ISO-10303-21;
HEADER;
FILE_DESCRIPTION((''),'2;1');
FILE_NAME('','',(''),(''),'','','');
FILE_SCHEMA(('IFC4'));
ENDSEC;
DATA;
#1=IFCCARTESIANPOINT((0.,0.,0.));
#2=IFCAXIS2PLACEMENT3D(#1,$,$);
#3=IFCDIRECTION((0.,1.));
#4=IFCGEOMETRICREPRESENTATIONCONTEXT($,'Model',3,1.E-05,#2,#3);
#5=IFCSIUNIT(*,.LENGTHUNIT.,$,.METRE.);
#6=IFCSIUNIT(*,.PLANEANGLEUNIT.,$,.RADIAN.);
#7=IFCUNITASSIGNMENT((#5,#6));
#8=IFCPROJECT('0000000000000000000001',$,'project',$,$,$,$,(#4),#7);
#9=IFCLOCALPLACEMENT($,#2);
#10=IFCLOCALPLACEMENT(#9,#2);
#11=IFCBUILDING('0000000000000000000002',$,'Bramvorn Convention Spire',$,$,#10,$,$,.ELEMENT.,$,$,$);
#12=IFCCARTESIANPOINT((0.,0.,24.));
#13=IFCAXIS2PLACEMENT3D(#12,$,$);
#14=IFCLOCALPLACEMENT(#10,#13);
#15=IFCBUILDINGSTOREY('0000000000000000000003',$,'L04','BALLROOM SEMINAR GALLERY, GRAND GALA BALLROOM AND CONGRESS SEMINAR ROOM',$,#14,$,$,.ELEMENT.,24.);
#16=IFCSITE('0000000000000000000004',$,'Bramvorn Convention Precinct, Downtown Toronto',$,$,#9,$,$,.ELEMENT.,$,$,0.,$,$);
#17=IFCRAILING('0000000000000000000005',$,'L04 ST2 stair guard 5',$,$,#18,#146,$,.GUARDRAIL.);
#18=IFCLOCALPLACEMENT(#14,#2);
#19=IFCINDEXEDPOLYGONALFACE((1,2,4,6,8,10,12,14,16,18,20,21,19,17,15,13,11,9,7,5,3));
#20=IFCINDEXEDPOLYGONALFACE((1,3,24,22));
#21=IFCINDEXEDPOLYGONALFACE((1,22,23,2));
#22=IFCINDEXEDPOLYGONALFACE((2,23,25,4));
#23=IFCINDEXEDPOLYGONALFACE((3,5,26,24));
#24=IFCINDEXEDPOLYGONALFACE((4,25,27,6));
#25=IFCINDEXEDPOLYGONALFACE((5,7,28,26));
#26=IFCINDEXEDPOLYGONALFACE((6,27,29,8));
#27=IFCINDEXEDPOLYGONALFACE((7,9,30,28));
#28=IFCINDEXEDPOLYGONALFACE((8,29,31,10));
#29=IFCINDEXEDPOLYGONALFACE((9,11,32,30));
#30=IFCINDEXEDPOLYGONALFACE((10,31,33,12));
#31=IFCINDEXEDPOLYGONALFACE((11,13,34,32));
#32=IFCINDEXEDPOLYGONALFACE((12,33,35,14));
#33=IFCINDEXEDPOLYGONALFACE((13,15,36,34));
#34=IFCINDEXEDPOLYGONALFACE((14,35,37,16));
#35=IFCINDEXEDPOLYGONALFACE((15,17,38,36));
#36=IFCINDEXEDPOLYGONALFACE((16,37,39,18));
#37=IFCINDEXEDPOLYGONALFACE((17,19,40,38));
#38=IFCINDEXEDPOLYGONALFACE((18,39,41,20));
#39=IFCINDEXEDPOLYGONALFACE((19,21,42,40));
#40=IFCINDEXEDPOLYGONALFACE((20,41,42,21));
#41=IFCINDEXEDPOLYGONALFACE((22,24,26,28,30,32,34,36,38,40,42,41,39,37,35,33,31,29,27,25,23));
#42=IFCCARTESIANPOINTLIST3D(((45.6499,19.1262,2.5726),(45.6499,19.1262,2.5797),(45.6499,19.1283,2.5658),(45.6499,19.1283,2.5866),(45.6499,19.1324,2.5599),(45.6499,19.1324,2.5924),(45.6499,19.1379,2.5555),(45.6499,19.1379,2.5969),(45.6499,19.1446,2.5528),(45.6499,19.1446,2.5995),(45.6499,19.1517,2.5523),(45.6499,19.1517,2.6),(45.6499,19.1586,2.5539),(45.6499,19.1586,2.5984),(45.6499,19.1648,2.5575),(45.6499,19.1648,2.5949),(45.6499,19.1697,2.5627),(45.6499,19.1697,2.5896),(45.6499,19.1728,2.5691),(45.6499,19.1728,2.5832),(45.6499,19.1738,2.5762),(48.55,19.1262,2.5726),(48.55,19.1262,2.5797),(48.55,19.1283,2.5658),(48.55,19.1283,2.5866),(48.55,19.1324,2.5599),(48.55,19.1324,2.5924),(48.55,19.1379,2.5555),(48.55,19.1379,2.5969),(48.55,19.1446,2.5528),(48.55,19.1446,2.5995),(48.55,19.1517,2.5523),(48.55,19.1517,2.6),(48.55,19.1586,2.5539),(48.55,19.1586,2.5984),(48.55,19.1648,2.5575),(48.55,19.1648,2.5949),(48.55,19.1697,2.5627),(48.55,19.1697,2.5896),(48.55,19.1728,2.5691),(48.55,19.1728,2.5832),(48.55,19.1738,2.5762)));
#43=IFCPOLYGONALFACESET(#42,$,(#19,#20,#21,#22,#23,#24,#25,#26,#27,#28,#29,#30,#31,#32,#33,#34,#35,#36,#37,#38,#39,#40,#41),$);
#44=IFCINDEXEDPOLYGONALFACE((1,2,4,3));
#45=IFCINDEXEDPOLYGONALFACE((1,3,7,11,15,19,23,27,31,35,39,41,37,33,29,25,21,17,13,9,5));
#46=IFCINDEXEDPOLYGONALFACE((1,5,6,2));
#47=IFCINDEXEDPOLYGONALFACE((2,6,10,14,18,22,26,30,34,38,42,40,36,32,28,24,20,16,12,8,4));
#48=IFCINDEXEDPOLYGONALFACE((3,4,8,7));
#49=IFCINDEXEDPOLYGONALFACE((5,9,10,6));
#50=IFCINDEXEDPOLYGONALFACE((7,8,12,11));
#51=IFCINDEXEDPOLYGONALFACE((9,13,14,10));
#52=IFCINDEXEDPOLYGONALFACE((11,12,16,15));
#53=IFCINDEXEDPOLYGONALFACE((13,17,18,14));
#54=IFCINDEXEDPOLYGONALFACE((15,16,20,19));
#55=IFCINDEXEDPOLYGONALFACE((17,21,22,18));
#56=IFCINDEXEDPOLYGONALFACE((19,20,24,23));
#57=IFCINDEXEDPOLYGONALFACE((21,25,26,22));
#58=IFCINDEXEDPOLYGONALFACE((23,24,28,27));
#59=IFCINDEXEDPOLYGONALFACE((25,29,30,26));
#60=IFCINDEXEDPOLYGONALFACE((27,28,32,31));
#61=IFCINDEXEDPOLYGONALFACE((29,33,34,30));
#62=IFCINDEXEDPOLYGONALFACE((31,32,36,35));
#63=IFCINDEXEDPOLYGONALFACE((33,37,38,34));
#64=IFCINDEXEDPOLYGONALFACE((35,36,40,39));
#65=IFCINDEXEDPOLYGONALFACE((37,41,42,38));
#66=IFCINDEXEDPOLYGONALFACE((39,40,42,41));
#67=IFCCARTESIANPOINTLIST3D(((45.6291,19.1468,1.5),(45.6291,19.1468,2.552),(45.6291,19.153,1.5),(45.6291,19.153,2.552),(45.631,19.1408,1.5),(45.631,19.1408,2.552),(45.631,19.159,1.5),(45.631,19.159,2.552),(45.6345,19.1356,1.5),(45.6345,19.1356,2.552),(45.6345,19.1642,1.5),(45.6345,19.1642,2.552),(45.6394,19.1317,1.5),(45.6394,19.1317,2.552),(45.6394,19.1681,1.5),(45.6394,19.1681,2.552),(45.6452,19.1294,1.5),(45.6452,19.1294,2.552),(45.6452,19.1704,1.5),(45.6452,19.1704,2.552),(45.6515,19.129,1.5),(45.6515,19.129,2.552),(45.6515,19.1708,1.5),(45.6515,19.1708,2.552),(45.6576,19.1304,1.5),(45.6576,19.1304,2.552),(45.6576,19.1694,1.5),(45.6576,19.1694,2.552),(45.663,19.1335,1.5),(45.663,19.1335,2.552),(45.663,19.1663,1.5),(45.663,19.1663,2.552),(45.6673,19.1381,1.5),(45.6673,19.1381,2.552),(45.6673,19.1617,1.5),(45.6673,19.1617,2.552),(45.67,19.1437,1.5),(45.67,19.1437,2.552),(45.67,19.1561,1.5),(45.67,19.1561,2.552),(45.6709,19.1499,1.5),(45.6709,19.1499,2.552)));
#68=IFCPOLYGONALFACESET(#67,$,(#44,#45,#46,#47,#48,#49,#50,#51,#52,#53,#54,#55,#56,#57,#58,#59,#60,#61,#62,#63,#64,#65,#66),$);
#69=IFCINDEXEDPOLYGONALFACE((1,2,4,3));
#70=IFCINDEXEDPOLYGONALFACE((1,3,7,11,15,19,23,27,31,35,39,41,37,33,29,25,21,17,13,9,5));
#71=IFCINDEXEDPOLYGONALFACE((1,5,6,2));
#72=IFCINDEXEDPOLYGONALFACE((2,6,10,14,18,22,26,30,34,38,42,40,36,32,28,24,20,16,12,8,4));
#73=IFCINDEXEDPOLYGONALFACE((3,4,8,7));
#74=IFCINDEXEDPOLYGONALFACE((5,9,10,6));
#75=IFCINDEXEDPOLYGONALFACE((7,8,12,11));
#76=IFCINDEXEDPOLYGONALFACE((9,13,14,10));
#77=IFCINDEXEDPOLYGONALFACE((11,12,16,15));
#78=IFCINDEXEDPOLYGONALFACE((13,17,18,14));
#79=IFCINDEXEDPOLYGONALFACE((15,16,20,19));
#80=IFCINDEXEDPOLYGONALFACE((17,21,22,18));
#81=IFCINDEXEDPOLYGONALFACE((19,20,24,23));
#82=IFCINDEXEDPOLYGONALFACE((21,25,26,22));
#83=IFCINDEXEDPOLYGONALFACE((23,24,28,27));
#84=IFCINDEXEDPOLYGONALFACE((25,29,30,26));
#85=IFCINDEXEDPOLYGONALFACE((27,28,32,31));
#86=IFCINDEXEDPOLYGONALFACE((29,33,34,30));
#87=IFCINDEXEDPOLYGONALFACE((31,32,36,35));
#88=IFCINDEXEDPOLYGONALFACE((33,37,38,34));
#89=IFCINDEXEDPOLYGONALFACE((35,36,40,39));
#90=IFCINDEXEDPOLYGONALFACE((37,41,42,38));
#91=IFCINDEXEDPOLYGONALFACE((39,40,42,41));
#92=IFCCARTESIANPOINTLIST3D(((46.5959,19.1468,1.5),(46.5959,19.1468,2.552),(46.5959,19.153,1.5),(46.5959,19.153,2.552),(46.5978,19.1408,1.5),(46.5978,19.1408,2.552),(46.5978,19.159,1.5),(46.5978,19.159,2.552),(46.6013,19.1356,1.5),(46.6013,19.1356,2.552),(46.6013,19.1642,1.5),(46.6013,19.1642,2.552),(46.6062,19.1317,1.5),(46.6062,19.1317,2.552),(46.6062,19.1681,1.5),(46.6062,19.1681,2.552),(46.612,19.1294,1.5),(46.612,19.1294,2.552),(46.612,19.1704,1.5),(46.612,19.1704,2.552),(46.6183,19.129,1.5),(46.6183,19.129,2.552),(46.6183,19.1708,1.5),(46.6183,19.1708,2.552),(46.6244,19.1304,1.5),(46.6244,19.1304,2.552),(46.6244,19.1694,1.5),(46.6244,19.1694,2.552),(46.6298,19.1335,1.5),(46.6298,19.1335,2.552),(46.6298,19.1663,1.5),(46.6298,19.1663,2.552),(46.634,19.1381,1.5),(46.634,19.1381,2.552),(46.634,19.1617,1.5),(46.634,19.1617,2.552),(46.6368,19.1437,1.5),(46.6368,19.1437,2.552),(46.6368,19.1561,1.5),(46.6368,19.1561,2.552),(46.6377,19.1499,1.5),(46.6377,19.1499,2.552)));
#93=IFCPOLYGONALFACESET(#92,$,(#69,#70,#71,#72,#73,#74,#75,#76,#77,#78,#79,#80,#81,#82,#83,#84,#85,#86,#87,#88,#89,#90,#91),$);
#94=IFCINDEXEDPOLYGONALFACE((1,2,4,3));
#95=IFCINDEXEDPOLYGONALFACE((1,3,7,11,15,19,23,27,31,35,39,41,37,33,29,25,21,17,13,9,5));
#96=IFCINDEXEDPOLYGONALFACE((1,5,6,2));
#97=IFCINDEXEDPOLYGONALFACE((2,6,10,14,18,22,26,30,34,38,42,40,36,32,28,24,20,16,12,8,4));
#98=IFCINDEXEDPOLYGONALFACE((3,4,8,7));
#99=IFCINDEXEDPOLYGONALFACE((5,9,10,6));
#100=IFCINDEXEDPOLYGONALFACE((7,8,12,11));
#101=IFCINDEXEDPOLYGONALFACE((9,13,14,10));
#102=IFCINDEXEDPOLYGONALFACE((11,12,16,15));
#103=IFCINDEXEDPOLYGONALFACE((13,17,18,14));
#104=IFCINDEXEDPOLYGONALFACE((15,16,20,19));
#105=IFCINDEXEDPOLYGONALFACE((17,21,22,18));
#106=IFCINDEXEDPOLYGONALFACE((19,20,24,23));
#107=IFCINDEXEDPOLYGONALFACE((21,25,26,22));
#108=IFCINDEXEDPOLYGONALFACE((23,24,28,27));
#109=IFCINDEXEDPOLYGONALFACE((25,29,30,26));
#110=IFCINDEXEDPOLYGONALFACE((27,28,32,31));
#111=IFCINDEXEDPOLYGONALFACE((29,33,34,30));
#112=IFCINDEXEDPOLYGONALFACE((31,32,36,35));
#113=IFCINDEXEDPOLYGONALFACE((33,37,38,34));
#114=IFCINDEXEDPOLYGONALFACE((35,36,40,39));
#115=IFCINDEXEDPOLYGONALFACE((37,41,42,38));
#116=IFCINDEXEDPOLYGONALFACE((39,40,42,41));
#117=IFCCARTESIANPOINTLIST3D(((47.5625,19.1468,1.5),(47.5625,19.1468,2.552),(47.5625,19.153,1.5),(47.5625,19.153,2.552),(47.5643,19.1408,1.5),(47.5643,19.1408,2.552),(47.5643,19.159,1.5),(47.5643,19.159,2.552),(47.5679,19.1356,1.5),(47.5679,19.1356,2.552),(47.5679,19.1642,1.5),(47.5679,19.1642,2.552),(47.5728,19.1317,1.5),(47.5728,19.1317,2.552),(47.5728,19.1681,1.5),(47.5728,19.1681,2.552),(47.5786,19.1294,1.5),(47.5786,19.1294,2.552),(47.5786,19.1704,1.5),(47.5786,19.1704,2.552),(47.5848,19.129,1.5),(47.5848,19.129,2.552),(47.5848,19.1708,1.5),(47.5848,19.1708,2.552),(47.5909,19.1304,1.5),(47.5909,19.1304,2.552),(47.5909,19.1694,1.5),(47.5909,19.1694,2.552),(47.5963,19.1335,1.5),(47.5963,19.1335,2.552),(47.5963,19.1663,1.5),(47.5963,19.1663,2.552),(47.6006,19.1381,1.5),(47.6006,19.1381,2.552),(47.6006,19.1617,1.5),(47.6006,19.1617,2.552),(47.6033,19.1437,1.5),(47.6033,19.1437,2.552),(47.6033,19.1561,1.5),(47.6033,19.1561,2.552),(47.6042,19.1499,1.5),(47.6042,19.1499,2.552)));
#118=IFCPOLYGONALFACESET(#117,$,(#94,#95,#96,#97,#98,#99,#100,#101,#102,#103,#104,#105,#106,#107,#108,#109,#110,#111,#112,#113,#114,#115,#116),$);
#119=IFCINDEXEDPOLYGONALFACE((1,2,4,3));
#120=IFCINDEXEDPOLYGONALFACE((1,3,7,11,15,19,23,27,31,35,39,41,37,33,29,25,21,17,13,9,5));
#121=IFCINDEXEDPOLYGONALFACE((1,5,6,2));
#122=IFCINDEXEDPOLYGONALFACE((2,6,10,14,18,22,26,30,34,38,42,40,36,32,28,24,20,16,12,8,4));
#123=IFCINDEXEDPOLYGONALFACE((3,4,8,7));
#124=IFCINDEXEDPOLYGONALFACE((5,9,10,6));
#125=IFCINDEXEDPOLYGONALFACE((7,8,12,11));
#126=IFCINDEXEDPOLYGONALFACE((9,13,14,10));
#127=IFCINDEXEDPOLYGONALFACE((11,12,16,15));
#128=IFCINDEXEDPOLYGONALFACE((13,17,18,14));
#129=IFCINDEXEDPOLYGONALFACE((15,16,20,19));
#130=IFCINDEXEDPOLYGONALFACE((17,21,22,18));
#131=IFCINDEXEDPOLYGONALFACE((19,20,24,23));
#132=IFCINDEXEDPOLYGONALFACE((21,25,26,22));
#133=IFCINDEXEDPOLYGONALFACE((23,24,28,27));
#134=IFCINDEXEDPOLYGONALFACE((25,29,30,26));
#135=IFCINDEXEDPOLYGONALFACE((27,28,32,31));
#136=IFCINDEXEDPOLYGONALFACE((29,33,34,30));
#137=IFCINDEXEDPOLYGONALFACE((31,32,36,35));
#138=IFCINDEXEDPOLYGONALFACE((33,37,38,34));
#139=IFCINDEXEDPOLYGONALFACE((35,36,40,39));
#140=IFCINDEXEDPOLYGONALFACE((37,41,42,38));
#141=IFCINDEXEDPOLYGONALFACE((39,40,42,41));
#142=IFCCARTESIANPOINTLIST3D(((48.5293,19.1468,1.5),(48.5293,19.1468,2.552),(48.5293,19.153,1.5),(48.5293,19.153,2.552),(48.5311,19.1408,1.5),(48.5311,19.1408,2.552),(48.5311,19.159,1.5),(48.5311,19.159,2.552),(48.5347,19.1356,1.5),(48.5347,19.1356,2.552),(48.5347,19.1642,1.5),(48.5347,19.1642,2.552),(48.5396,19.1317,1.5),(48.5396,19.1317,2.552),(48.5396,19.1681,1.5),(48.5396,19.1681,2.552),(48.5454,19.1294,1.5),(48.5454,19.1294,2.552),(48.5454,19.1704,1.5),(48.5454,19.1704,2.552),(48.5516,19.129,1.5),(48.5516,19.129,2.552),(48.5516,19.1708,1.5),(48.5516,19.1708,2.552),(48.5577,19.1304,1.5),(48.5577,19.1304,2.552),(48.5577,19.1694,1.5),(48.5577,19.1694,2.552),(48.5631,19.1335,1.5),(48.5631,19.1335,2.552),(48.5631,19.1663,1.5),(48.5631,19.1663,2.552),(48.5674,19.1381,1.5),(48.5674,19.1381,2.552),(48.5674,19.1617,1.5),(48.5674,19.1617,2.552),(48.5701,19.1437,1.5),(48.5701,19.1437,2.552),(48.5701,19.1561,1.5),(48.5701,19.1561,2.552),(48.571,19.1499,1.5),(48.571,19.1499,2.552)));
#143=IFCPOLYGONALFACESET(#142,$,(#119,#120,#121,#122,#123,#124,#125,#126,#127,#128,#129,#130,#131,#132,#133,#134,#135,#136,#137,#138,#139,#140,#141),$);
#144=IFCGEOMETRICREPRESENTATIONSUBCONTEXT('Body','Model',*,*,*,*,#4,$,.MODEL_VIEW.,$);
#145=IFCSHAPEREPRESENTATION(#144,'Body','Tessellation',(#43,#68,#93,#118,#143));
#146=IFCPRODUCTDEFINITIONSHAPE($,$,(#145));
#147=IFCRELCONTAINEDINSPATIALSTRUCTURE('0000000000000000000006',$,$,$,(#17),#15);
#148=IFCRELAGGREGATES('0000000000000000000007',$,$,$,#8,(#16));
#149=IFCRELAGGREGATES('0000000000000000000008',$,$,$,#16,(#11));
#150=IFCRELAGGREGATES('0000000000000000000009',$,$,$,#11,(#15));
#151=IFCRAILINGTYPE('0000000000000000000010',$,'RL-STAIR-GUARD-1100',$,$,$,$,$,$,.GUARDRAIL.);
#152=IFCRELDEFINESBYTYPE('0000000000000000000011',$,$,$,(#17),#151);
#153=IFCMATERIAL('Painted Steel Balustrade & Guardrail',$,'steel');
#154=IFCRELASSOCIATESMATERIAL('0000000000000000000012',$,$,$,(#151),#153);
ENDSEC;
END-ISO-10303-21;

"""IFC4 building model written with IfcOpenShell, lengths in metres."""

from ifc_helpers import new_model, si_unit, direction, frame, origin, origin_2d, place, context, subcontext, project, spatial, circle, extrude, material, type_object, element, save


model = new_model("IFC4")

# Units and contexts
model_context = context("Model", 3, precision=1e-05, world=origin(), true_north=direction((0.0, 1.0)))
body_context = subcontext(model_context, "Body", "Model", "MODEL_VIEW")
ifc_project = project(units=[si_unit("LENGTHUNIT", "METRE"), si_unit("PLANEANGLEUNIT", "RADIAN")], contexts=[model_context])

# Site, building, storey
site_placement = place(None, origin())
site = spatial("IfcSite", under=ifc_project, at=site_placement, Name="Bramvorn Convention Precinct, Downtown Toronto", CompositionType="ELEMENT", RefElevation=0.0)
building_placement = place(site_placement, origin())
building = spatial("IfcBuilding", under=site, at=building_placement, Name="Bramvorn Convention Spire", CompositionType="ELEMENT")
storey_placement = place(building_placement, frame((0.0, 0.0, 24.0)))
storey = spatial("IfcBuildingStorey", under=building, at=storey_placement, Name="L04", Description="BALLROOM SEMINAR GALLERY, GRAND GALA BALLROOM AND CONGRESS SEMINAR ROOM", CompositionType="ELEMENT", Elevation=24.0)

# Railing
ifc_material_1 = material(Name="Painted Steel Balustrade & Guardrail", Category="steel")
railing_type = type_object("IfcRailingType", Name="RL-STAIR-GUARD-1100", PredefinedType="GUARDRAIL", material=ifc_material_1)
for number, where, name in (
    (1, (45.6499, 19.1499, 1.5), "L04 ST2 stair guard 5"),
):
    element("IfcRailing", number, at=place(storey_placement, frame(where)), inside=storey, type_object=railing_type, Name=name, PredefinedType="GUARDRAIL", context=body_context, shape_type="SweptSolid", body=[
        extrude(circle(Radius=0.0239, at=origin_2d()), frame((0.0, 0.0, 1.0762), z_axis=(1.0, 0.0, 0.0), x_axis=(0.0, 1.0, 0.0)), (0.0, 0.0, 1.0), 2.9001),
        extrude(circle(Radius=0.021, at=origin_2d()), origin(), (0.0, 0.0, 1.0), 1.052),
        extrude(circle(Radius=0.021, at=origin_2d()), frame((0.9668, 0.0, 0.0)), (0.0, 0.0, 1.0), 1.052),
        extrude(circle(Radius=0.021, at=origin_2d()), frame((1.9333, 0.0, 0.0)), (0.0, 0.0, 1.0), 1.052),
        extrude(circle(Radius=0.021, at=origin_2d()), frame((2.9001, 0.0, 0.0)), (0.0, 0.0, 1.0), 1.052),
    ])

save(model, "model.ifc")
